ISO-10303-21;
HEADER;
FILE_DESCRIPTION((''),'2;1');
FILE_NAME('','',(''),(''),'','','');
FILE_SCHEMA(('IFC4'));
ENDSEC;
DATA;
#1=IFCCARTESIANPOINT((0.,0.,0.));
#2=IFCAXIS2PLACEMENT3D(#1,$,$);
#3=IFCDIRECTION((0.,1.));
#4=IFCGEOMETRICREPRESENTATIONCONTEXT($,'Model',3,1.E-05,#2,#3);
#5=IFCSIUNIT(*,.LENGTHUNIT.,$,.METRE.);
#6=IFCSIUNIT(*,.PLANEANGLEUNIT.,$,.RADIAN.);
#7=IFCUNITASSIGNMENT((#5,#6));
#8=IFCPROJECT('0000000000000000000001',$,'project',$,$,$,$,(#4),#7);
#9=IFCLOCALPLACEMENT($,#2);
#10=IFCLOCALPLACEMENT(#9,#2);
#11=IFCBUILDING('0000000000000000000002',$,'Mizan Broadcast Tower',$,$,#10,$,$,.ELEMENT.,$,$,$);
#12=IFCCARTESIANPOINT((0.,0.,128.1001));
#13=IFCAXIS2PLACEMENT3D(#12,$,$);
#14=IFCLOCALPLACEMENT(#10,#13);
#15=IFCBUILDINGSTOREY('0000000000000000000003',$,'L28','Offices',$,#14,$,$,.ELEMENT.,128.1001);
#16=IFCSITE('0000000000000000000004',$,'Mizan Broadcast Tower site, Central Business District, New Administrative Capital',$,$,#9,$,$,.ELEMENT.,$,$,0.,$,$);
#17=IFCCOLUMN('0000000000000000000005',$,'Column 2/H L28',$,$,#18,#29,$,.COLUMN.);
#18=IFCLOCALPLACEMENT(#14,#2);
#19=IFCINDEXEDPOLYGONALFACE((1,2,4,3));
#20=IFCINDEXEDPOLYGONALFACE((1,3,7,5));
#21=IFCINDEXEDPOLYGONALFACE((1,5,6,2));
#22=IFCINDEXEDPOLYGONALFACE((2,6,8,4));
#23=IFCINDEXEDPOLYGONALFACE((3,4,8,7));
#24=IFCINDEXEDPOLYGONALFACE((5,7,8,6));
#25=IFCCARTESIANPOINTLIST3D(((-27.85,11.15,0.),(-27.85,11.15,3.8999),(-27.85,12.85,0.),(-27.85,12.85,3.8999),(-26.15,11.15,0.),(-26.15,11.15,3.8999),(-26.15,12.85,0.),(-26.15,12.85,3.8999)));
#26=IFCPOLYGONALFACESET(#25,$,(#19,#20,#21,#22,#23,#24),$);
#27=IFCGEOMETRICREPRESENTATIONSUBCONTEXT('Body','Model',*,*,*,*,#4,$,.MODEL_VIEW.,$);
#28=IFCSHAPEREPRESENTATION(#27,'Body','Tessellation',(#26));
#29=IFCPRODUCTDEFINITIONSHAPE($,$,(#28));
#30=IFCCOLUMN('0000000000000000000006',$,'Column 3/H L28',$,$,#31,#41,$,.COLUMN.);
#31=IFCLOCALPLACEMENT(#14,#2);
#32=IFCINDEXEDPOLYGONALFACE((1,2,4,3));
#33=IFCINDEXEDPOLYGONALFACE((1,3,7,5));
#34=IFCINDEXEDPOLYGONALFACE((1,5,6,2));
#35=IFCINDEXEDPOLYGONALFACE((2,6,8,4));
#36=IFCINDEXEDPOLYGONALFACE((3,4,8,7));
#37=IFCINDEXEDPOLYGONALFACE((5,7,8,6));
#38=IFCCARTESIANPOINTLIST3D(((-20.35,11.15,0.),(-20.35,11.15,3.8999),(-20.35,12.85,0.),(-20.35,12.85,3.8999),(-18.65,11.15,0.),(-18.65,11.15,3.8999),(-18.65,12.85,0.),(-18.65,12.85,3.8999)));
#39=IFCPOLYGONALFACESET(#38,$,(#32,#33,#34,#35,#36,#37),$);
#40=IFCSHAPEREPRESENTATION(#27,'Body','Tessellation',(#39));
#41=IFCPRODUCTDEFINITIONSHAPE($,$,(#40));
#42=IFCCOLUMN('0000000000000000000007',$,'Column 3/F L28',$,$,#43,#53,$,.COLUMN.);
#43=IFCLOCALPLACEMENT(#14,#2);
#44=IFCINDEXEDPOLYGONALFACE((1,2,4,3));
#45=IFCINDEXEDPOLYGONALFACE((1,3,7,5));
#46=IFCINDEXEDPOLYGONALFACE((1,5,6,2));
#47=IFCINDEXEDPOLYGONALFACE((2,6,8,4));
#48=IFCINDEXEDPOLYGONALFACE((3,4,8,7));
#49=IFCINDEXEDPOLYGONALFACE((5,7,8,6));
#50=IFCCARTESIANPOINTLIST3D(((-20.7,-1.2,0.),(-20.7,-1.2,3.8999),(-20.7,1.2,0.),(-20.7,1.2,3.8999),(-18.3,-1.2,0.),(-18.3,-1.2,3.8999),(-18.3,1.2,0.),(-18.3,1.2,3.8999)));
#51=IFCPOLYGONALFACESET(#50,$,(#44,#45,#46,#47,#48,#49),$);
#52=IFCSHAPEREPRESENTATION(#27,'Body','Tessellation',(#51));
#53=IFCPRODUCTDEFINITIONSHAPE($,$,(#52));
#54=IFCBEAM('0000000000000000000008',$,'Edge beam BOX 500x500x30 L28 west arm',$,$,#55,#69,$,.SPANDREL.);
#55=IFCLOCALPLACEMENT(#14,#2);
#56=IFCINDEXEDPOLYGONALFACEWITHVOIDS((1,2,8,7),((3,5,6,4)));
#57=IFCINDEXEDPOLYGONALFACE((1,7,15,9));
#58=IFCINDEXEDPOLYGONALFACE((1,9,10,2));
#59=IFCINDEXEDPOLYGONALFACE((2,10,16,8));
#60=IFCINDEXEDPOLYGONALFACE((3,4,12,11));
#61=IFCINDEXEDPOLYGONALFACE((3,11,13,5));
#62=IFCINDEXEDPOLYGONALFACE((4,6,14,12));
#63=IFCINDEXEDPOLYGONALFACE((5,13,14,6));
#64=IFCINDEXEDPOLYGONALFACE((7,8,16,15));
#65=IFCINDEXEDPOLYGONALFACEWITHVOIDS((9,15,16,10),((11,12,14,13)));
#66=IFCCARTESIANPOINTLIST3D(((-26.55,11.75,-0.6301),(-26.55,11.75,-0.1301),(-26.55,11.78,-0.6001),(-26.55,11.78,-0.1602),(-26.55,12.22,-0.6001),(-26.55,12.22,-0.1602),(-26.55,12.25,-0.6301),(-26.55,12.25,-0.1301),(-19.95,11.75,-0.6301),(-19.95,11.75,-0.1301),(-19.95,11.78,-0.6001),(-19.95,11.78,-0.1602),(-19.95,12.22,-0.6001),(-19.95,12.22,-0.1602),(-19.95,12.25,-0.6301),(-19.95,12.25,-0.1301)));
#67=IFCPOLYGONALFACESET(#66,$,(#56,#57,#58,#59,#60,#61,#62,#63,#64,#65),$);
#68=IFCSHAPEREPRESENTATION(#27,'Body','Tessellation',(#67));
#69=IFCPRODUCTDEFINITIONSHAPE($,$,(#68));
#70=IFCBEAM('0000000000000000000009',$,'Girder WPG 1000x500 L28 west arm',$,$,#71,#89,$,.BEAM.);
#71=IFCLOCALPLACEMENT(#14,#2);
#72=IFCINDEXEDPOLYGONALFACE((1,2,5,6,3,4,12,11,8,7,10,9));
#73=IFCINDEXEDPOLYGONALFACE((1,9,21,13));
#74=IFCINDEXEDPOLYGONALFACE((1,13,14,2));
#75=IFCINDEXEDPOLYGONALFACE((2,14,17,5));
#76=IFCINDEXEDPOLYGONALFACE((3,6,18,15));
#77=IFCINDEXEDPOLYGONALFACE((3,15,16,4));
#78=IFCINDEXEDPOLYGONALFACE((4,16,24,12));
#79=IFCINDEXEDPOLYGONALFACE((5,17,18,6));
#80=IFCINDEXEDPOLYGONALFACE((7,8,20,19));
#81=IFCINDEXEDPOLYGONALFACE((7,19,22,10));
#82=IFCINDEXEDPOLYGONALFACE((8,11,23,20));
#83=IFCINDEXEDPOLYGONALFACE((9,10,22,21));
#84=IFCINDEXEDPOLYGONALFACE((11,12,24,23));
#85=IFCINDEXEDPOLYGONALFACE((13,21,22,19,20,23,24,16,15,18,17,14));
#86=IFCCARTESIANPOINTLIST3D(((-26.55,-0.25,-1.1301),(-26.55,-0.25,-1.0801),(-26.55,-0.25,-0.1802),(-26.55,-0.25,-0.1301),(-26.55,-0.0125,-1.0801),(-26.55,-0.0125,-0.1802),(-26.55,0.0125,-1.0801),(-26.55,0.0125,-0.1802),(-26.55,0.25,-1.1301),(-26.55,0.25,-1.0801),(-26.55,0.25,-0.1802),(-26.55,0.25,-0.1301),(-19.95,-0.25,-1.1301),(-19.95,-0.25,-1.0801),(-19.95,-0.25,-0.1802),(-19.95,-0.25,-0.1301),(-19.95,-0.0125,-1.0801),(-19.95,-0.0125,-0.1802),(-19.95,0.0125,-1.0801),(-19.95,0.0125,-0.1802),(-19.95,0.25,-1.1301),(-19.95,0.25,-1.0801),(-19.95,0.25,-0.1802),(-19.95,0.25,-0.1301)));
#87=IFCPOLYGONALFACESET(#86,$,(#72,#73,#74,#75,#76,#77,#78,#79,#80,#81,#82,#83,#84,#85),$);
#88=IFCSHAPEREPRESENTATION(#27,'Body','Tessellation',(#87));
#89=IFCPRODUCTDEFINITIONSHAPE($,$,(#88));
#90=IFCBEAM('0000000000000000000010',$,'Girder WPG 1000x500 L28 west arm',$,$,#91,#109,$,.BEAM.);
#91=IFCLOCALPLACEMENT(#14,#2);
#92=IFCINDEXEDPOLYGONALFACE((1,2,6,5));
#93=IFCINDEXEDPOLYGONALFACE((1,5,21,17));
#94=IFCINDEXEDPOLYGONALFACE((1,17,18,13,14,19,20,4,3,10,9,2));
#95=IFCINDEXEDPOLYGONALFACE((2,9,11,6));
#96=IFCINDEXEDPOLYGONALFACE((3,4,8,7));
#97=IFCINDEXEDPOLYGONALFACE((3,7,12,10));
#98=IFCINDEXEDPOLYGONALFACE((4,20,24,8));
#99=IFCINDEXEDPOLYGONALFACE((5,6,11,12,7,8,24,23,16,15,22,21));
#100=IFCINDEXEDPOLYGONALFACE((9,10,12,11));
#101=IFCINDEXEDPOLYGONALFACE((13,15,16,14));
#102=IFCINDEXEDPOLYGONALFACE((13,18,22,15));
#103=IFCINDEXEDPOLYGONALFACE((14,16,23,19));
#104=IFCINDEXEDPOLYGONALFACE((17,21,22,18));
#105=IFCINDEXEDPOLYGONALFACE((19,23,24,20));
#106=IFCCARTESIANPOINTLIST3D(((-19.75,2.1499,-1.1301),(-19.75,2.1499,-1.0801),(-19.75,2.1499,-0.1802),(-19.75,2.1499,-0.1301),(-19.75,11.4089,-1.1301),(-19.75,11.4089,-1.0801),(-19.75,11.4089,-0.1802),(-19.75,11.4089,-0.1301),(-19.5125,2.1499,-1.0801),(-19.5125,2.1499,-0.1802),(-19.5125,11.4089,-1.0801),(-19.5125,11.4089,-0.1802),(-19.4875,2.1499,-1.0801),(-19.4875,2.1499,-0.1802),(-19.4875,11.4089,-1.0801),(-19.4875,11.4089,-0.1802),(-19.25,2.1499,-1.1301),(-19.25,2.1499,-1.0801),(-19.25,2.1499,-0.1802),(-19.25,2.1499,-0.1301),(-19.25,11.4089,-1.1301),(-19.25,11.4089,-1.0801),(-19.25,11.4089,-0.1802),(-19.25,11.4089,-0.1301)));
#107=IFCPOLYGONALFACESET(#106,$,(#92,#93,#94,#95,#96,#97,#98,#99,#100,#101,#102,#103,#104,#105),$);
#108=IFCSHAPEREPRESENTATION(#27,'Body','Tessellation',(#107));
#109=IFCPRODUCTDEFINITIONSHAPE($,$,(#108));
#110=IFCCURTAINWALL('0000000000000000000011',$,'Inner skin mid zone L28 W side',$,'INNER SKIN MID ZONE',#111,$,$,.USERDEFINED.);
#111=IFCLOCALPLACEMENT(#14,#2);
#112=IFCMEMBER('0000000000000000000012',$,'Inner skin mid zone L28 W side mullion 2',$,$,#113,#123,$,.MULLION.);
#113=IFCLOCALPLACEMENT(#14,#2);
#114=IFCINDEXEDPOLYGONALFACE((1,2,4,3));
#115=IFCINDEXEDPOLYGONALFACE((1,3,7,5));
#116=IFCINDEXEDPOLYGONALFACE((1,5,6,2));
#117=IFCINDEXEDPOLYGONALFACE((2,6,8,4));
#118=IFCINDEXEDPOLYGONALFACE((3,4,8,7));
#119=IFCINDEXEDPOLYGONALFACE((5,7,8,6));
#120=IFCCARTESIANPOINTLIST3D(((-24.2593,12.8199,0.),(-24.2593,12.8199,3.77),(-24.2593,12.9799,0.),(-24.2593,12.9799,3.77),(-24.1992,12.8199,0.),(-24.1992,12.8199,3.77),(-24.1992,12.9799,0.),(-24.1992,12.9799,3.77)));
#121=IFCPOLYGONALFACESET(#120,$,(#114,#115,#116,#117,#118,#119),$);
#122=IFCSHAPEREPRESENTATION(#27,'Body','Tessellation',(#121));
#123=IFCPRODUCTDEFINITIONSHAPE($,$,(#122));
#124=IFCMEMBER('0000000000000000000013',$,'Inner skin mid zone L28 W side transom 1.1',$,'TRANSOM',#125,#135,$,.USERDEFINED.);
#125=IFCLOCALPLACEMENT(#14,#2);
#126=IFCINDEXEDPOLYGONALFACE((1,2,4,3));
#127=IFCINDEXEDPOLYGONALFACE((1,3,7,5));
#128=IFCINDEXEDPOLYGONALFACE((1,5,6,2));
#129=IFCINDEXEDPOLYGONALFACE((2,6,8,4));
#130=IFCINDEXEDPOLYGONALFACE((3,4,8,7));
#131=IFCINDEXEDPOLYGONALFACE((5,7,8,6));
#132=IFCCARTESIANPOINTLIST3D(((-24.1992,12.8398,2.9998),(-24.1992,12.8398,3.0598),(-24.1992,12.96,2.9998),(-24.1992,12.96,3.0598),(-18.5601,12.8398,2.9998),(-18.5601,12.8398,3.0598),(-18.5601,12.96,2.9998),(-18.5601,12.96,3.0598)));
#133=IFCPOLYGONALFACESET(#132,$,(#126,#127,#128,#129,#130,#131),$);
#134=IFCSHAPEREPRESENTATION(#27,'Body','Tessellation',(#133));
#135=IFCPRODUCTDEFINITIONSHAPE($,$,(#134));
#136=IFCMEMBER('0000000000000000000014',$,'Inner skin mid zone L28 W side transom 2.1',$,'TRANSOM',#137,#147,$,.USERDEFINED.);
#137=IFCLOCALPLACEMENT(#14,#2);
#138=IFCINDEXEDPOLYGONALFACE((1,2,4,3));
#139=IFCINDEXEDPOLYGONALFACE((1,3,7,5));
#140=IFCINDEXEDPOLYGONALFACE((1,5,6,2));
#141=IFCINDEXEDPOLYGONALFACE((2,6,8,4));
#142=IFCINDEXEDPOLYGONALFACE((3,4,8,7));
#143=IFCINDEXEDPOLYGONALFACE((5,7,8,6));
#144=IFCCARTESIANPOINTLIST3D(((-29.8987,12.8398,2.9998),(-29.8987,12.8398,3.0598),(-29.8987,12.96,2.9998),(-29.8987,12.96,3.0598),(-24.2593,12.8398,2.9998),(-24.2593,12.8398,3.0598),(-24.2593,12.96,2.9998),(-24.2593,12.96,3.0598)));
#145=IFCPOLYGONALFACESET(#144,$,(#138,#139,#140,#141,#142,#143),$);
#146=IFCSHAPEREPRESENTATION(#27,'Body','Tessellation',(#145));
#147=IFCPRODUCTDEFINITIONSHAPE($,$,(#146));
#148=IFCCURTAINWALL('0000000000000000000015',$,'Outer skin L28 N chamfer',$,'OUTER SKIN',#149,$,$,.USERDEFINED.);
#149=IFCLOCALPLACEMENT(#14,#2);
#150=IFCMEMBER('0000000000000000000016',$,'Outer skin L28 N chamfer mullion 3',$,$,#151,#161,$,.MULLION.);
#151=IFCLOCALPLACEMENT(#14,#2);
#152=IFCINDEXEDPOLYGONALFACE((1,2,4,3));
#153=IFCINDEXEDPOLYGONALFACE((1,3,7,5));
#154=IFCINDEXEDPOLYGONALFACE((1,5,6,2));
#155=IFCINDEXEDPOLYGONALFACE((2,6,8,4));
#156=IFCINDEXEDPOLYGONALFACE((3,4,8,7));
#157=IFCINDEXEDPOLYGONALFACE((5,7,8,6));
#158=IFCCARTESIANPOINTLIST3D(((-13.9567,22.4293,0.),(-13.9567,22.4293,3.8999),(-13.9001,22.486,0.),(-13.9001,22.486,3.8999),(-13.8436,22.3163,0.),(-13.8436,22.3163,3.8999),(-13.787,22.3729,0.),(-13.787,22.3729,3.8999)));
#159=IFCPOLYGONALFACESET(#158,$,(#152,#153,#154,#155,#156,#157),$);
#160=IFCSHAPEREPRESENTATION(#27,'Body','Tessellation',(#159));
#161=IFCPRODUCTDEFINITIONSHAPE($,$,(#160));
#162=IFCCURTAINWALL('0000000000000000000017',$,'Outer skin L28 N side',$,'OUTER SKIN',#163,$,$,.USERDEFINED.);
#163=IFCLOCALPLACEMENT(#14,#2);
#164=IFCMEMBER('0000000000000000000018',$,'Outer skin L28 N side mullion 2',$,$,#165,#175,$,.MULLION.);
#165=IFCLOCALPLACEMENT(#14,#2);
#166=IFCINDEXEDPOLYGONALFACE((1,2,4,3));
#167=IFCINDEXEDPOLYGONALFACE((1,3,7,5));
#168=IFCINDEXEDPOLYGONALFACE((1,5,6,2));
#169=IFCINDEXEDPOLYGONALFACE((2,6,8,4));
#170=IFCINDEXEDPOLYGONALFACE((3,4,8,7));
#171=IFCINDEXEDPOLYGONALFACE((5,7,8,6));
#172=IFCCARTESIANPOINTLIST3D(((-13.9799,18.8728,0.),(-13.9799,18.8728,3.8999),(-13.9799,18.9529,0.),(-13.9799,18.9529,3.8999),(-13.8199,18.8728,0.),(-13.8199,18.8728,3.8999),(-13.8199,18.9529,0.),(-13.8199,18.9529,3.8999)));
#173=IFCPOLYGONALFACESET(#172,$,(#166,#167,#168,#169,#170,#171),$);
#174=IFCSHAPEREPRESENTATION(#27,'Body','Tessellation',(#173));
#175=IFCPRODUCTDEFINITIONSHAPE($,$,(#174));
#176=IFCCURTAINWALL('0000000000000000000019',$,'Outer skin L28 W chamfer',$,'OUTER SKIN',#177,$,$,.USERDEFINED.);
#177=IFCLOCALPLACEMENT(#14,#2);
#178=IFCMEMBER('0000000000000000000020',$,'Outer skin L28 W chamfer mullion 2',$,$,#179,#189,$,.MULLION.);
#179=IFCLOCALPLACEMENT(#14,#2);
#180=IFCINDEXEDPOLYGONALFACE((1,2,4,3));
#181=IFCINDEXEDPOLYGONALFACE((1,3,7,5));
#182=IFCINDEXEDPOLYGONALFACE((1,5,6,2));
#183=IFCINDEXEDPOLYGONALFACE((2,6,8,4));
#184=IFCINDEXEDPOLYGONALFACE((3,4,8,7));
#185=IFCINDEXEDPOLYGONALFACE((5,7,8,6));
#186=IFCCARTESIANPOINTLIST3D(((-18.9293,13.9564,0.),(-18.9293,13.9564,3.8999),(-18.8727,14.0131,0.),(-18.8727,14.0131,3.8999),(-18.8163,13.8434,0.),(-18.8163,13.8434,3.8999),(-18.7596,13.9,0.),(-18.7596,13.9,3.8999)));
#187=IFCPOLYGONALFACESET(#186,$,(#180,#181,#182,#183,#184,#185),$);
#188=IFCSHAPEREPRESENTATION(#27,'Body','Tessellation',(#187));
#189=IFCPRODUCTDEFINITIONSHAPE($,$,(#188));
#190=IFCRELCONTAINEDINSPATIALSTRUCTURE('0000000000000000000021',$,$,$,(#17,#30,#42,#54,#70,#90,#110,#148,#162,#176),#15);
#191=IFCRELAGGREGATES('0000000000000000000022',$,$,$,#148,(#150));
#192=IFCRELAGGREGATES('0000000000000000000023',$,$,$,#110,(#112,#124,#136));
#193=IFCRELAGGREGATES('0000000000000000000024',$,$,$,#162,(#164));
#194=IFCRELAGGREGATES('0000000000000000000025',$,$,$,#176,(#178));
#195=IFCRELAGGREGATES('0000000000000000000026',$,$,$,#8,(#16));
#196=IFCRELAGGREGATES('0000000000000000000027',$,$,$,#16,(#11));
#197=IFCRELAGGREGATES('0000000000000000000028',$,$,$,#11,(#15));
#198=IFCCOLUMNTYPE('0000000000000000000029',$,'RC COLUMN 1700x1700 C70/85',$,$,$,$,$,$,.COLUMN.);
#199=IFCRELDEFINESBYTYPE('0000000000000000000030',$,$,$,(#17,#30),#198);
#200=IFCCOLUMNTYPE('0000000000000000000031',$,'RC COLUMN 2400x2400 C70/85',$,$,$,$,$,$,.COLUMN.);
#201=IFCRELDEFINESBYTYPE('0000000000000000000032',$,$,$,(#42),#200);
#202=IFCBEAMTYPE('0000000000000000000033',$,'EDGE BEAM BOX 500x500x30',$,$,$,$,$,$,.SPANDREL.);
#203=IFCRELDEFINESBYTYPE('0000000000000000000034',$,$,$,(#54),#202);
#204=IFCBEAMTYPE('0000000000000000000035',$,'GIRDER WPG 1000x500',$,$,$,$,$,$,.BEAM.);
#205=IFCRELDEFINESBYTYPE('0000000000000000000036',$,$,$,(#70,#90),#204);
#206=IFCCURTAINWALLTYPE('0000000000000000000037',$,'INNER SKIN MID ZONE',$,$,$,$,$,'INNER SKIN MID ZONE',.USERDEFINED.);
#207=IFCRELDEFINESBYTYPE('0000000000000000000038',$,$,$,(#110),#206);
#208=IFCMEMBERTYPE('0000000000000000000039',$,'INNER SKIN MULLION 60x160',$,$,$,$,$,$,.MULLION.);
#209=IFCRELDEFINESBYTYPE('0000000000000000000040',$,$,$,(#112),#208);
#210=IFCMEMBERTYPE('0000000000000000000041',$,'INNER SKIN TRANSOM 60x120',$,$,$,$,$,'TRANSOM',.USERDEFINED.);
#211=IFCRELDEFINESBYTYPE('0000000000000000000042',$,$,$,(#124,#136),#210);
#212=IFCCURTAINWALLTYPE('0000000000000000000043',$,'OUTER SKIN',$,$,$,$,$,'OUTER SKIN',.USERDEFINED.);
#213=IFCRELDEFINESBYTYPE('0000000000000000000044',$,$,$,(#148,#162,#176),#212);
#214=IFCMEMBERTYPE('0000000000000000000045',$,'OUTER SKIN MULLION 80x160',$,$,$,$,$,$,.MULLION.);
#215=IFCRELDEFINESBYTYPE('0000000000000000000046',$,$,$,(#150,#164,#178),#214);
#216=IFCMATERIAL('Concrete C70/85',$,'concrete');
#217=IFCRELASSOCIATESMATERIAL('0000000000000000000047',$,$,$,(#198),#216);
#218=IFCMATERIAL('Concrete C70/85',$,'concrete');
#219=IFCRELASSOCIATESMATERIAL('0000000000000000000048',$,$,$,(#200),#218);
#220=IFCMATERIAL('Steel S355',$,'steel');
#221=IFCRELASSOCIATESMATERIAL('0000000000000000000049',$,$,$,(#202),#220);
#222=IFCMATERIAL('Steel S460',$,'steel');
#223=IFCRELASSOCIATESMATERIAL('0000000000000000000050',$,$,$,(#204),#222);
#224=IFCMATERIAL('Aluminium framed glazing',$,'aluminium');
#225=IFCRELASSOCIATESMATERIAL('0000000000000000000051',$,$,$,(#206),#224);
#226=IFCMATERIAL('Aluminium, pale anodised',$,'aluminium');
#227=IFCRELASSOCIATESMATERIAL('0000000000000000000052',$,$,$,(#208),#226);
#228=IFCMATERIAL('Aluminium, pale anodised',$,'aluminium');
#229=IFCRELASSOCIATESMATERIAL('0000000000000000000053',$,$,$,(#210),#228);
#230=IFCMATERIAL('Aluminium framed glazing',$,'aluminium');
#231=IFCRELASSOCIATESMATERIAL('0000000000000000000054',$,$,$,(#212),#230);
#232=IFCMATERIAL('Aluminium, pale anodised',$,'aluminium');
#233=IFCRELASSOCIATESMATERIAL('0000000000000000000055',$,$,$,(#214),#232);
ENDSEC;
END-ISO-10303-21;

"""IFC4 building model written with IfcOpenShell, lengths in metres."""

from ifc_helpers import new_model, si_unit, direction, frame, origin, origin_2d, place, context, subcontext, project, spatial, rectangle, hollow_rectangle, i_section, extrude, material, material_profile, profile_set, type_object, element, aggregate, save


model = new_model("IFC4")

# Units and contexts
model_context = context("Model", 3, precision=1e-05, world=origin(), true_north=direction((0.0, 1.0)))
body_context = subcontext(model_context, "Body", "Model", "MODEL_VIEW")
ifc_project = project(units=[si_unit("LENGTHUNIT", "METRE"), si_unit("PLANEANGLEUNIT", "RADIAN")], contexts=[model_context])

# Site, building, storey
site_placement = place(None, origin())
site = spatial("IfcSite", under=ifc_project, at=site_placement, Name="Mizan Broadcast Tower site, Central Business District, New Administrative Capital", CompositionType="ELEMENT", RefElevation=0.0)
building_placement = place(site_placement, origin())
building = spatial("IfcBuilding", under=site, at=building_placement, Name="Mizan Broadcast Tower", CompositionType="ELEMENT")
storey_placement = place(building_placement, frame((0.0, 0.0, 128.1001)))
storey = spatial("IfcBuildingStorey", under=building, at=storey_placement, Name="L28", Description="Offices", CompositionType="ELEMENT", Elevation=128.1001)

# Columns
ifc_material_1 = material(Name="Concrete C70/85", Category="concrete")
ifc_material_profile_1 = material_profile(ifc_material_1, rectangle(XDim=1.7, YDim=1.7, at=origin_2d()), Name="RC 1700x1700")
ifc_profile_set_1 = profile_set([ifc_material_profile_1], Name="Concrete C70/85")
column_type_1 = type_object("IfcColumnType", Name="RC COLUMN 1700x1700 C70/85", PredefinedType="COLUMN", material=ifc_profile_set_1)
for number, where, z_axis, x_axis, name in (
    (1, (-27.0, 12.0, 0.0), (0.0, 0.0, 1.0), (1.0, 0.0, 0.0), "Column 2/H L28"),
    (2, (-19.5, 12.0, 0.0), (0.0, 0.0, 1.0), (1.0, 0.0, 0.0), "Column 3/H L28"),
):
    element("IfcColumn", number, at=place(storey_placement, frame(where, z_axis=z_axis, x_axis=x_axis)), inside=storey, type_object=column_type_1, Name=name, PredefinedType="COLUMN", context=body_context, shape_type="SweptSolid", body=[
        extrude(rectangle(XDim=1.7, YDim=1.7, at=origin_2d()), origin(), (0.0, 0.0, 1.0), 3.8999),
    ])
ifc_material_2 = material(Name="Concrete C70/85", Category="concrete")
ifc_material_profile_2 = material_profile(ifc_material_2, rectangle(XDim=2.3999, YDim=2.3999, at=origin_2d()), Name="RC 2400x2400")
ifc_profile_set_2 = profile_set([ifc_material_profile_2], Name="Concrete C70/85")
column_type_2 = type_object("IfcColumnType", Name="RC COLUMN 2400x2400 C70/85", PredefinedType="COLUMN", material=ifc_profile_set_2)
column_placement = place(storey_placement, frame((-19.5, 0.0, 0.0), z_axis=(0.0, 0.0, 1.0), x_axis=(1.0, 0.0, 0.0)))
element("IfcColumn", 3, at=column_placement, inside=storey, type_object=column_type_2, Name="Column 3/F L28", PredefinedType="COLUMN", context=body_context, shape_type="SweptSolid", body=[
    extrude(rectangle(XDim=2.3999, YDim=2.3999, at=origin_2d()), origin(), (0.0, 0.0, 1.0), 3.8999),
])

# Beams
ifc_material_3 = material(Name="Steel S355", Category="steel")
ifc_material_profile_3 = material_profile(ifc_material_3, hollow_rectangle(XDim=0.5, YDim=0.5, WallThickness=0.03, at=origin_2d()), Name="BOX 500x500x30")
ifc_profile_set_3 = profile_set([ifc_material_profile_3], Name="Steel S355")
beam_type_1 = type_object("IfcBeamType", Name="EDGE BEAM BOX 500x500x30", PredefinedType="SPANDREL", material=ifc_profile_set_3)
beam_1_placement = place(storey_placement, frame((-19.95, 12.0, -0.3801), z_axis=(-1.0, 0.0, 0.0), x_axis=(0.0, -1.0, 0.0)))
element("IfcBeam", 4, at=beam_1_placement, inside=storey, type_object=beam_type_1, Name="Edge beam BOX 500x500x30 L28 west arm", PredefinedType="SPANDREL", context=body_context, shape_type="SweptSolid", body=[
    extrude(hollow_rectangle(XDim=0.5, YDim=0.5, WallThickness=0.03, at=origin_2d()), origin(), (0.0, 0.0, 1.0), 6.6001),
])
ifc_material_4 = material(Name="Steel S460", Category="steel")
ifc_material_profile_4 = material_profile(ifc_material_4, i_section(OverallWidth=0.5, OverallDepth=1.0, WebThickness=0.0249, FlangeThickness=0.05, at=origin_2d()), Name="WPG 1000x500")
ifc_profile_set_4 = profile_set([ifc_material_profile_4], Name="Steel S460")
beam_type_2 = type_object("IfcBeamType", Name="GIRDER WPG 1000x500", PredefinedType="BEAM", material=ifc_profile_set_4)
beam_2_placement = place(storey_placement, frame((-19.95, 0.0, -0.6301), z_axis=(-1.0, 0.0, 0.0), x_axis=(0.0, -1.0, 0.0)))
element("IfcBeam", 5, at=beam_2_placement, inside=storey, type_object=beam_type_2, Name="Girder WPG 1000x500 L28 west arm", PredefinedType="BEAM", context=body_context, shape_type="SweptSolid", body=[
    extrude(i_section(OverallWidth=0.5, OverallDepth=1.0, WebThickness=0.0249, FlangeThickness=0.05, at=origin_2d()), origin(), (0.0, 0.0, 1.0), 6.6001),
])
beam_3_placement = place(storey_placement, frame((-19.5, 11.4089, -0.6301), z_axis=(0.0, -1.0, 0.0), x_axis=(1.0, 0.0, 0.0)))
element("IfcBeam", 6, at=beam_3_placement, inside=storey, type_object=beam_type_2, Name="Girder WPG 1000x500 L28 west arm", PredefinedType="BEAM", context=body_context, shape_type="SweptSolid", body=[
    extrude(i_section(OverallWidth=0.5, OverallDepth=1.0, WebThickness=0.0249, FlangeThickness=0.05, at=origin_2d()), origin(), (0.0, 0.0, 1.0), 9.259),
])

# Curtain wall, members
ifc_material_5 = material(Name="Aluminium framed glazing", Category="aluminium")
curtain_wall_type_1 = type_object("IfcCurtainWallType", Name="INNER SKIN MID ZONE", ElementType="INNER SKIN MID ZONE", PredefinedType="USERDEFINED", material=ifc_material_5)
curtain_wall_1_placement = place(storey_placement, origin())
curtain_wall_1 = element("IfcCurtainWall", 7, at=curtain_wall_1_placement, inside=storey, type_object=curtain_wall_type_1, Name="Inner skin mid zone L28 W side", ObjectType="INNER SKIN MID ZONE", PredefinedType="USERDEFINED")
ifc_material_6 = material(Name="Aluminium, pale anodised", Category="aluminium")
ifc_material_profile_5 = material_profile(ifc_material_6, rectangle(XDim=0.1599, YDim=0.0601, at=origin_2d()), Name="MULLION 160x60")
ifc_profile_set_5 = profile_set([ifc_material_profile_5], Name="Aluminium, pale anodised")
member_type_1 = type_object("IfcMemberType", Name="INNER SKIN MULLION 60x160", PredefinedType="MULLION", material=ifc_profile_set_5)
member_1_placement = place(storey_placement, frame((-24.2292, 12.8999, 0.0), z_axis=(0.0, 0.0, 1.0), x_axis=(0.0, -1.0, 0.0)))
member_1 = element("IfcMember", 8, at=member_1_placement, type_object=member_type_1, Name="Inner skin mid zone L28 W side mullion 2", PredefinedType="MULLION", context=body_context, shape_type="SweptSolid", body=[
    extrude(rectangle(XDim=0.1599, YDim=0.0601, at=origin_2d()), origin(), (0.0, 0.0, 1.0), 3.77),
])
ifc_material_7 = material(Name="Aluminium, pale anodised", Category="aluminium")
ifc_material_profile_6 = material_profile(ifc_material_7, rectangle(XDim=0.1201, YDim=0.0601, at=origin_2d()), Name="TRANSOM 120x60")
ifc_profile_set_6 = profile_set([ifc_material_profile_6], Name="Aluminium, pale anodised")
member_type_2 = type_object("IfcMemberType", Name="INNER SKIN TRANSOM 60x120", ElementType="TRANSOM", PredefinedType="USERDEFINED", material=ifc_profile_set_6)
member_2_placement = place(storey_placement, frame((-18.5601, 12.8999, 3.0298), z_axis=(-1.0, 0.0, 0.0), x_axis=(0.0, -1.0, 0.0)))
member_2 = element("IfcMember", 9, at=member_2_placement, type_object=member_type_2, Name="Inner skin mid zone L28 W side transom 1.1", ObjectType="TRANSOM", PredefinedType="USERDEFINED", context=body_context, shape_type="SweptSolid", body=[
    extrude(rectangle(XDim=0.1201, YDim=0.0601, at=origin_2d()), origin(), (0.0, 0.0, 1.0), 5.6392),
])
member_3_placement = place(storey_placement, frame((-24.2593, 12.8999, 3.0298), z_axis=(-1.0, 0.0, 0.0), x_axis=(0.0, -1.0, 0.0)))
member_3 = element("IfcMember", 10, at=member_3_placement, type_object=member_type_2, Name="Inner skin mid zone L28 W side transom 2.1", ObjectType="TRANSOM", PredefinedType="USERDEFINED", context=body_context, shape_type="SweptSolid", body=[
    extrude(rectangle(XDim=0.1201, YDim=0.0601, at=origin_2d()), origin(), (0.0, 0.0, 1.0), 5.6394),
])

# Curtain walls, members
ifc_material_8 = material(Name="Aluminium framed glazing", Category="aluminium")
curtain_wall_type_2 = type_object("IfcCurtainWallType", Name="OUTER SKIN", ElementType="OUTER SKIN", PredefinedType="USERDEFINED", material=ifc_material_8)
curtain_wall_2_placement = place(storey_placement, origin())
curtain_wall_2 = element("IfcCurtainWall", 11, at=curtain_wall_2_placement, inside=storey, type_object=curtain_wall_type_2, Name="Outer skin L28 N chamfer", ObjectType="OUTER SKIN", PredefinedType="USERDEFINED")
ifc_material_9 = material(Name="Aluminium, pale anodised", Category="aluminium")
ifc_material_profile_7 = material_profile(ifc_material_9, rectangle(XDim=0.1599, YDim=0.0801, at=origin_2d()), Name="MULLION 160x80")
ifc_profile_set_7 = profile_set([ifc_material_profile_7], Name="Aluminium, pale anodised")
member_type_3 = type_object("IfcMemberType", Name="OUTER SKIN MULLION 80x160", PredefinedType="MULLION", material=ifc_profile_set_7)
member_4_placement = place(storey_placement, frame((-13.8718, 22.4011, 0.0), z_axis=(0.0, 0.0, 1.0), x_axis=(0.707107, -0.707107, 0.0)))
member_4 = element("IfcMember", 12, at=member_4_placement, type_object=member_type_3, Name="Outer skin L28 N chamfer mullion 3", PredefinedType="MULLION", context=body_context, shape_type="SweptSolid", body=[
    extrude(rectangle(XDim=0.1599, YDim=0.0801, at=origin_2d()), origin(), (0.0, 0.0, 1.0), 3.8999),
])
aggregate(curtain_wall_2, [member_4])
curtain_wall_3_placement = place(storey_placement, origin())
curtain_wall_3 = element("IfcCurtainWall", 13, at=curtain_wall_3_placement, inside=storey, type_object=curtain_wall_type_2, Name="Outer skin L28 N side", ObjectType="OUTER SKIN", PredefinedType="USERDEFINED")
member_5_placement = place(storey_placement, frame((-13.8999, 18.9128, 0.0), z_axis=(0.0, 0.0, 1.0), x_axis=(1.0, 0.0, 0.0)))
member_5 = element("IfcMember", 14, at=member_5_placement, type_object=member_type_3, Name="Outer skin L28 N side mullion 2", PredefinedType="MULLION", context=body_context, shape_type="SweptSolid", body=[
    extrude(rectangle(XDim=0.1599, YDim=0.0801, at=origin_2d()), origin(), (0.0, 0.0, 1.0), 3.8999),
])
curtain_wall_4_placement = place(storey_placement, origin())
curtain_wall_4 = element("IfcCurtainWall", 15, at=curtain_wall_4_placement, inside=storey, type_object=curtain_wall_type_2, Name="Outer skin L28 W chamfer", ObjectType="OUTER SKIN", PredefinedType="USERDEFINED")
member_6_placement = place(storey_placement, frame((-18.8445, 13.9282, 0.0), z_axis=(0.0, 0.0, 1.0), x_axis=(0.707107, -0.707107, 0.0)))
member_6 = element("IfcMember", 16, at=member_6_placement, type_object=member_type_3, Name="Outer skin L28 W chamfer mullion 2", PredefinedType="MULLION", context=body_context, shape_type="SweptSolid", body=[
    extrude(rectangle(XDim=0.1599, YDim=0.0801, at=origin_2d()), origin(), (0.0, 0.0, 1.0), 3.8999),
])

aggregate(curtain_wall_1, [member_1, member_2, member_3])
aggregate(curtain_wall_3, [member_5])
aggregate(curtain_wall_4, [member_6])

save(model, "model.ifc")
